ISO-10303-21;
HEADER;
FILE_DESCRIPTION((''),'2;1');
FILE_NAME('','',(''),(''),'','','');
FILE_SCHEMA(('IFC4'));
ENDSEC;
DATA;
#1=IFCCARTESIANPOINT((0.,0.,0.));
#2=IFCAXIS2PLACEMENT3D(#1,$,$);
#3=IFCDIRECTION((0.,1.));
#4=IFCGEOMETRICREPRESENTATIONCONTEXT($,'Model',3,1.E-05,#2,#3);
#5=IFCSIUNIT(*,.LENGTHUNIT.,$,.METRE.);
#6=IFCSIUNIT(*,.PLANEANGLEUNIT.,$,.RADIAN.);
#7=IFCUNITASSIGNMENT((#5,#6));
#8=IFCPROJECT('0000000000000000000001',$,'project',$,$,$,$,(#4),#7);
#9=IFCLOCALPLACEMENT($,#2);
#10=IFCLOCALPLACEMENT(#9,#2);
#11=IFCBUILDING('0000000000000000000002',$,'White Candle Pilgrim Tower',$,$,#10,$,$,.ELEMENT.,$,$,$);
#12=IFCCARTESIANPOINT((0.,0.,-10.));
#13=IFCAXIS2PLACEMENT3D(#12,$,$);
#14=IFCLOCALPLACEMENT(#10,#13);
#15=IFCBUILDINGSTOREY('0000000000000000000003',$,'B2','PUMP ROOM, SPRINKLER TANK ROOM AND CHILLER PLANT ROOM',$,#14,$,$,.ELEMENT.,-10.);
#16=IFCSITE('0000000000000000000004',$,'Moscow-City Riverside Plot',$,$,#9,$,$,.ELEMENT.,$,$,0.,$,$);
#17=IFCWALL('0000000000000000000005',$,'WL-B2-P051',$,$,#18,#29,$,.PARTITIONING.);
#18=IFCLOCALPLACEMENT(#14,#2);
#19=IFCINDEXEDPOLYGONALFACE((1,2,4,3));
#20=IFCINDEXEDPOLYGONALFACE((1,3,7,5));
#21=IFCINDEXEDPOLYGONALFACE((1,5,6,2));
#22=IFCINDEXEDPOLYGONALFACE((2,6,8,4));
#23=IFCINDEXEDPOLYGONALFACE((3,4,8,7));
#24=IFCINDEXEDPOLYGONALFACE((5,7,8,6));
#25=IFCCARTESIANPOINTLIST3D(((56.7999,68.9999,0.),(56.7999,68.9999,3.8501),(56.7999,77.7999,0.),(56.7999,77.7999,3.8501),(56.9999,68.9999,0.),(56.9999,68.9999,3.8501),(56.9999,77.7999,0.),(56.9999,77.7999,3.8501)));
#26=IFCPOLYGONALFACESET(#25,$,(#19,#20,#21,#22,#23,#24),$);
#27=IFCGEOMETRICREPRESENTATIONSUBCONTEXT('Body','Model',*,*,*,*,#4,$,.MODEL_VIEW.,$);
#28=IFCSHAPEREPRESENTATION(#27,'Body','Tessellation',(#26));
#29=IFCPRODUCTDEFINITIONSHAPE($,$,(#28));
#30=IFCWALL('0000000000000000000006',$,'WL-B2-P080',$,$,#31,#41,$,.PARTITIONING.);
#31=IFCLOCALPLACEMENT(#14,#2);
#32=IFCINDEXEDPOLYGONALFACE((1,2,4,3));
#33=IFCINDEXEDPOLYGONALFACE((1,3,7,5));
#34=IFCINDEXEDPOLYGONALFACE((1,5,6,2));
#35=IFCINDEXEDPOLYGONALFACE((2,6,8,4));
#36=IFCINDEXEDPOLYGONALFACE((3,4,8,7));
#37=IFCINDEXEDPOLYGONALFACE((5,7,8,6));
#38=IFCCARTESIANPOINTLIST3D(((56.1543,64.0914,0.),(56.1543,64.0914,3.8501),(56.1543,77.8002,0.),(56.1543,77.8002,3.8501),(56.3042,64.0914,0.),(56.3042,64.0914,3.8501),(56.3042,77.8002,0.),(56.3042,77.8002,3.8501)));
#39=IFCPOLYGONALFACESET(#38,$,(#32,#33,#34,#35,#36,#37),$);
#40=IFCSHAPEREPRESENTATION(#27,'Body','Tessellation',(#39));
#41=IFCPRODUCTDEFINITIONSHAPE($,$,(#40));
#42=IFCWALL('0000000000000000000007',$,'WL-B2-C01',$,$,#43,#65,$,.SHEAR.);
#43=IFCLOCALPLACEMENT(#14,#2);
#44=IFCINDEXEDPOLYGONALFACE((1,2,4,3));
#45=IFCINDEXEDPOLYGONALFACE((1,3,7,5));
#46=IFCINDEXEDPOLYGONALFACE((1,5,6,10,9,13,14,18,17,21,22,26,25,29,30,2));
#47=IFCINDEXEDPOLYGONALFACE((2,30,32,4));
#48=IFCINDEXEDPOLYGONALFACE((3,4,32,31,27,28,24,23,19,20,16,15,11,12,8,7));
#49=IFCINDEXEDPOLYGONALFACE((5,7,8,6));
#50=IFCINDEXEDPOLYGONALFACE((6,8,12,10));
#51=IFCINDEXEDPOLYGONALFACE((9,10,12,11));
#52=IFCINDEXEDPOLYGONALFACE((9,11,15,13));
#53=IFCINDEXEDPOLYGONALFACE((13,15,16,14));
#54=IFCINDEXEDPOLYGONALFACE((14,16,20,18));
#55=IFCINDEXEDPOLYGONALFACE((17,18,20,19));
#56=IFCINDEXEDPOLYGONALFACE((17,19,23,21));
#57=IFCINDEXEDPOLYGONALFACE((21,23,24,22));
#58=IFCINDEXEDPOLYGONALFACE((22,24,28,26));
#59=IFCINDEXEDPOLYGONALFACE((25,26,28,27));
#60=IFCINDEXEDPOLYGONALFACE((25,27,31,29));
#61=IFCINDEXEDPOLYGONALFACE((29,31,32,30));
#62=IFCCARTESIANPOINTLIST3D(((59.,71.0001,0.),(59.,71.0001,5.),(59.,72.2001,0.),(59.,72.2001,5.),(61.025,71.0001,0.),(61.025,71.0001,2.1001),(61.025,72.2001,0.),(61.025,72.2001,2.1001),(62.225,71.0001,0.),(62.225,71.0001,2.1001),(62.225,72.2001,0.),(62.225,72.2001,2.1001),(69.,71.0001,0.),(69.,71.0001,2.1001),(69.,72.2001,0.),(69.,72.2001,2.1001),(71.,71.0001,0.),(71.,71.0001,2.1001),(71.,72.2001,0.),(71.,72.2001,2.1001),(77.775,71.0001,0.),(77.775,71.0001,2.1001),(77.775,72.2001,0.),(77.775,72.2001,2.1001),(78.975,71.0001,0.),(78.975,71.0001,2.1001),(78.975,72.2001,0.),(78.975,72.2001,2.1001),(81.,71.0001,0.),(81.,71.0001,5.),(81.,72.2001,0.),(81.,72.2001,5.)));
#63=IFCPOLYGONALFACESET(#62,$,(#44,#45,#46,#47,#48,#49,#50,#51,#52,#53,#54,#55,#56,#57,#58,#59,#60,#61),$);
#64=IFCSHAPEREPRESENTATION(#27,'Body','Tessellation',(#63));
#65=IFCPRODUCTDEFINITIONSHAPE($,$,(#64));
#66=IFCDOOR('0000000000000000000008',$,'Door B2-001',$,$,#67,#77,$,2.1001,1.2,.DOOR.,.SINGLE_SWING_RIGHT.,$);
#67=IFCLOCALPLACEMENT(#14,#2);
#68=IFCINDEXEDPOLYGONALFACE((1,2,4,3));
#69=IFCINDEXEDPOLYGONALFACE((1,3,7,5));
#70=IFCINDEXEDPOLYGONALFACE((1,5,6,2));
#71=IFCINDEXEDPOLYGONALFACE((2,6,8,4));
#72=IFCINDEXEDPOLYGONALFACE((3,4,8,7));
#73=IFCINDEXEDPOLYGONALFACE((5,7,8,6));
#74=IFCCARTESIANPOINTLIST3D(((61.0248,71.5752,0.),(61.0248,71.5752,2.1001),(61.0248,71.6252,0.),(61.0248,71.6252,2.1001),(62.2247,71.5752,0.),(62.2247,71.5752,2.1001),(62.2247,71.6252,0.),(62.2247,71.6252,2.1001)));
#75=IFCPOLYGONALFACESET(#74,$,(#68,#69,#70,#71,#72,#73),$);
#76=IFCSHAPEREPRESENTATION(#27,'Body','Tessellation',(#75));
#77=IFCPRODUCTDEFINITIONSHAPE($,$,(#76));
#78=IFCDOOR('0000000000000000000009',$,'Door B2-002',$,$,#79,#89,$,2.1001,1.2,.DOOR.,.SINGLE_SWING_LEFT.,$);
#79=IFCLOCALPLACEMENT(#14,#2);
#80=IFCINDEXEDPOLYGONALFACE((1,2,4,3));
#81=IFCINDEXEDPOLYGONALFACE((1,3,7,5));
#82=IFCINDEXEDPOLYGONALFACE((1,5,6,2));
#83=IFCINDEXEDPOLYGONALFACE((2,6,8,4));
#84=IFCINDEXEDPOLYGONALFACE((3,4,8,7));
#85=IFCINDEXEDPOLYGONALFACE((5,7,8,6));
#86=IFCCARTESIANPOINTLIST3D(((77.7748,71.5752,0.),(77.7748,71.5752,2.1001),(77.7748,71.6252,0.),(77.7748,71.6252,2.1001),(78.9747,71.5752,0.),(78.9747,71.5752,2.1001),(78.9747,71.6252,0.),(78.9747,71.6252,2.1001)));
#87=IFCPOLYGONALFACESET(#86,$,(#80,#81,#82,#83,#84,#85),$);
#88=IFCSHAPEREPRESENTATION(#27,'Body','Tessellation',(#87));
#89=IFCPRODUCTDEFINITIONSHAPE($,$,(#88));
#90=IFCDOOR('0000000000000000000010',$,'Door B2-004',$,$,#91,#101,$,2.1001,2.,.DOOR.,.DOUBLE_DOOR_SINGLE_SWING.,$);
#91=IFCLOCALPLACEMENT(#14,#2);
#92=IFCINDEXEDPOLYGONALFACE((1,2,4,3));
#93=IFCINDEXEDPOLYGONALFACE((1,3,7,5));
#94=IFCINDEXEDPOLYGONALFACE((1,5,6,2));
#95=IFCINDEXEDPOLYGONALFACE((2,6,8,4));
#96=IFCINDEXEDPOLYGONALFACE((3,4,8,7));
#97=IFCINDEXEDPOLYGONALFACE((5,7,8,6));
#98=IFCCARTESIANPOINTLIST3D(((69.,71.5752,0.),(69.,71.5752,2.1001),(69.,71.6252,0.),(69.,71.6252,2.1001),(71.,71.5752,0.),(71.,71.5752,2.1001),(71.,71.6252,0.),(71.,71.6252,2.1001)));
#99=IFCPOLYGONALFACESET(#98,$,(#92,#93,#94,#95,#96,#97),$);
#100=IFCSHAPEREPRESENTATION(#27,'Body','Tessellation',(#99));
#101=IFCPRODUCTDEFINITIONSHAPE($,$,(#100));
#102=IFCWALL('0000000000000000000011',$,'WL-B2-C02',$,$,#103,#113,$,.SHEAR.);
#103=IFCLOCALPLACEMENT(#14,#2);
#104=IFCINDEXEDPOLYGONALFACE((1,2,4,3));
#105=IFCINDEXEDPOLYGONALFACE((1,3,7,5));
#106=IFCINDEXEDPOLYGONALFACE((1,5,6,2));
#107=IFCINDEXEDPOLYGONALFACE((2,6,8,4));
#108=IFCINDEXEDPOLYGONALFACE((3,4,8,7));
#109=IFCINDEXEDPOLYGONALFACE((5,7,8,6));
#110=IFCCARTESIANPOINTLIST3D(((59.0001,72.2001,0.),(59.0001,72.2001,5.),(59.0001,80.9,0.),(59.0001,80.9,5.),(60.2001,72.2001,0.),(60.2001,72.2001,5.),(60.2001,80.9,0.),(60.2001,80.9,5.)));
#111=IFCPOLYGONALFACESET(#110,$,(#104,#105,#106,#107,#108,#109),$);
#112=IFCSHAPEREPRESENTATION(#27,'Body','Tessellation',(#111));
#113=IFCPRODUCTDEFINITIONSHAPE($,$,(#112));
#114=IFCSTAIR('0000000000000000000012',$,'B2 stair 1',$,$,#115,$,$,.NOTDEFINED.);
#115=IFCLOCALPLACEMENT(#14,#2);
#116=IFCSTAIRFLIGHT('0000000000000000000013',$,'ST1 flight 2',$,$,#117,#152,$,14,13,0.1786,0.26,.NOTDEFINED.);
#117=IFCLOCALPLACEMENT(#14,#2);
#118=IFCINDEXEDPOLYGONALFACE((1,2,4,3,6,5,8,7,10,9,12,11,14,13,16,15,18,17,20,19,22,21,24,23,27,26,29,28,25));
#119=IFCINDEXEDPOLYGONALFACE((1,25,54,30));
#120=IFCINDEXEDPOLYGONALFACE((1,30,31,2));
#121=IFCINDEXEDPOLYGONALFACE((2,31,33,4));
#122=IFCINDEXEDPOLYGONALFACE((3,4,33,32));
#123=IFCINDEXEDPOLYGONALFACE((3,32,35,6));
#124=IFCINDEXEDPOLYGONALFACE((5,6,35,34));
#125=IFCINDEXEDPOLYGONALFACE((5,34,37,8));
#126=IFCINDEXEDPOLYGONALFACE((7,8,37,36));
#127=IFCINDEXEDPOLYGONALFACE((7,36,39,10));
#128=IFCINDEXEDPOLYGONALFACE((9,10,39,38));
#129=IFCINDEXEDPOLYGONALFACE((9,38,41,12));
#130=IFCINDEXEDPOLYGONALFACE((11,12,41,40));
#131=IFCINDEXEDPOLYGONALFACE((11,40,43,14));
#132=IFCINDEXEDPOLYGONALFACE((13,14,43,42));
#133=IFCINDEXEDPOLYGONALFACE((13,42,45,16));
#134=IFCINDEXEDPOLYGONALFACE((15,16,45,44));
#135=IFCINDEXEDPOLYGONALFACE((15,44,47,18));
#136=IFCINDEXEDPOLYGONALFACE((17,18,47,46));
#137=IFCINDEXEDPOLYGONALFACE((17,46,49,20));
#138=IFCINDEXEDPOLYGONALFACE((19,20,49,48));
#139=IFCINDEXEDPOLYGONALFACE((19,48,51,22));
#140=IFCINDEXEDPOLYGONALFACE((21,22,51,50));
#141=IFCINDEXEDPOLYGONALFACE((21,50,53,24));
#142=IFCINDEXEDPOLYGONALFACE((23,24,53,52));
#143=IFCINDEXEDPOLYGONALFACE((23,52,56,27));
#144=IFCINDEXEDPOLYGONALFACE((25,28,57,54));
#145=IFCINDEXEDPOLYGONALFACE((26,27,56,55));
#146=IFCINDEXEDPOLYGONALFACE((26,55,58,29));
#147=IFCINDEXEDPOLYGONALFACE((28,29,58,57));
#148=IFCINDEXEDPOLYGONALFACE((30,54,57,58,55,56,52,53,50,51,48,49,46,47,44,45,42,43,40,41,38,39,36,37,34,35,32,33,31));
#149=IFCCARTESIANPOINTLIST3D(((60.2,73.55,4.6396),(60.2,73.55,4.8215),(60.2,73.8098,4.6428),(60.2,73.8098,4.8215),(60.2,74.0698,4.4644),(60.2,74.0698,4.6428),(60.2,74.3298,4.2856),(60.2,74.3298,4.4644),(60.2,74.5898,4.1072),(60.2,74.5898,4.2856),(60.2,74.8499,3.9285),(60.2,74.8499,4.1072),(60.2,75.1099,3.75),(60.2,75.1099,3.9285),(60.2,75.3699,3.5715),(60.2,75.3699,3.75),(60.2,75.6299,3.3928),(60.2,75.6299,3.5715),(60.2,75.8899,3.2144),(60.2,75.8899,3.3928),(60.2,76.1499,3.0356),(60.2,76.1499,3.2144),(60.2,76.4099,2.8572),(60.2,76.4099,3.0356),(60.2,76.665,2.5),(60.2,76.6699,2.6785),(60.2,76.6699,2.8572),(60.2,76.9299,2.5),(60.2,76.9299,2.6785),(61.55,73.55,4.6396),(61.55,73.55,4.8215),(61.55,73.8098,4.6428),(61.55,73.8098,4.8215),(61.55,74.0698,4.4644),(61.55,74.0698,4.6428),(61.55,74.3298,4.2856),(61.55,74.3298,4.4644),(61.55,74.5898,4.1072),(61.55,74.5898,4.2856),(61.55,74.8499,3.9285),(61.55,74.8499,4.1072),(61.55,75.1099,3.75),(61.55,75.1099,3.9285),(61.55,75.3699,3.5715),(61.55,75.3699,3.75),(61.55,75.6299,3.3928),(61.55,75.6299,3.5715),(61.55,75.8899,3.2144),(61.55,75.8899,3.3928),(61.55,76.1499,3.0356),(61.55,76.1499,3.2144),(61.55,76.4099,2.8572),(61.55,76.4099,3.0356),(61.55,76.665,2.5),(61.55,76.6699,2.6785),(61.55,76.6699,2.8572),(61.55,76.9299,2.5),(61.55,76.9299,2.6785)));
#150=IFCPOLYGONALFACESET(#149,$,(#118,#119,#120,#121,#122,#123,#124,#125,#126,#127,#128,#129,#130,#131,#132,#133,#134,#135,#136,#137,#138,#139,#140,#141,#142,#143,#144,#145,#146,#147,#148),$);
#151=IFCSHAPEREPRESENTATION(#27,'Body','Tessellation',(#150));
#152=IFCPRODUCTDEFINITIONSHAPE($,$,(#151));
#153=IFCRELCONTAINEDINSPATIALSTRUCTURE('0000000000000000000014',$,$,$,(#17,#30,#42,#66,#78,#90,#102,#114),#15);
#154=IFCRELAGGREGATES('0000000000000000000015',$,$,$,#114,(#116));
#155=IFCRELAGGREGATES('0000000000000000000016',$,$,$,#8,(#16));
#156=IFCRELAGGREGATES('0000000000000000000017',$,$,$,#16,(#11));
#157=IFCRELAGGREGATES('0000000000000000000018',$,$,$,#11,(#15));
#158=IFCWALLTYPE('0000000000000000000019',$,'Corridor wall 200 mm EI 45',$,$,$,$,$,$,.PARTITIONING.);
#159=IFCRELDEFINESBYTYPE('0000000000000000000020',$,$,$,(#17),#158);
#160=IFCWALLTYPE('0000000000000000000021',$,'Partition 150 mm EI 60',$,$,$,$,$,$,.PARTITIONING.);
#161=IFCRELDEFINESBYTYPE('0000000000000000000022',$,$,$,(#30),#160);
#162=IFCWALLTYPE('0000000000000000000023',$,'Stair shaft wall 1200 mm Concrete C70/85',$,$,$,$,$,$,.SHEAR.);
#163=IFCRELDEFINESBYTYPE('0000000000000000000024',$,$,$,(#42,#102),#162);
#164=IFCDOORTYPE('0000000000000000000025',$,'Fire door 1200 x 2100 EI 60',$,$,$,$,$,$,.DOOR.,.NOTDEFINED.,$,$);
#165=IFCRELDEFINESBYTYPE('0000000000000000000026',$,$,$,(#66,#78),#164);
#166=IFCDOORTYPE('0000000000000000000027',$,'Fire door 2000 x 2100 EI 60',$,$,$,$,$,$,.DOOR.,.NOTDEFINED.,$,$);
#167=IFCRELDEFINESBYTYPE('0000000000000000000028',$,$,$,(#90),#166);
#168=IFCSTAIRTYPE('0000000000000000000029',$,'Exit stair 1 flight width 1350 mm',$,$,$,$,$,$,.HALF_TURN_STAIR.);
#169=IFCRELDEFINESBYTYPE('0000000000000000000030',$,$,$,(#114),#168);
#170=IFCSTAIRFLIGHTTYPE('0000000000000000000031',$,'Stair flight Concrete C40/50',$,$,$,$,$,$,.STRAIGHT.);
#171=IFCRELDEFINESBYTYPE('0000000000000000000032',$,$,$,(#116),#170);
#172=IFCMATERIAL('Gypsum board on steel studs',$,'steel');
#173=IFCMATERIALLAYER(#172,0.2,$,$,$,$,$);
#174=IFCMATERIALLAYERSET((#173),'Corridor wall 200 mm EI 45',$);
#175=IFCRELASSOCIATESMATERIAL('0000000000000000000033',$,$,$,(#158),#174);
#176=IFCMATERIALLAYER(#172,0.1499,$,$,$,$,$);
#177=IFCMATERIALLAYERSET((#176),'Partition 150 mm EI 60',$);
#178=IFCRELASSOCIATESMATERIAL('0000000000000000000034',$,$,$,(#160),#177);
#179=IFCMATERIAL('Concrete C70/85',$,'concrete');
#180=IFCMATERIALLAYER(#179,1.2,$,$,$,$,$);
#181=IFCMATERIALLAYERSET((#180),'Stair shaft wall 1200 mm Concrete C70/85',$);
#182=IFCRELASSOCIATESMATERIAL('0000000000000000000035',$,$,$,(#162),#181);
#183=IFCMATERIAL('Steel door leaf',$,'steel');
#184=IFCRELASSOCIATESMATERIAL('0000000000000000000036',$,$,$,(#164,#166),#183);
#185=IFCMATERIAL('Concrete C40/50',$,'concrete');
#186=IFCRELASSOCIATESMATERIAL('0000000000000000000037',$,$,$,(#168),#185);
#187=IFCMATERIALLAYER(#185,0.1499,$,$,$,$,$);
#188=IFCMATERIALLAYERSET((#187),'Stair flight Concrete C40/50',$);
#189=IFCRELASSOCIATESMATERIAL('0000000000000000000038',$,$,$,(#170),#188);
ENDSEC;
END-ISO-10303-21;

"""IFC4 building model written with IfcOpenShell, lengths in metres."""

from ifc_helpers import new_model, si_unit, direction, frame, frame_2d, origin, place, context, subcontext, project, spatial, polyline, rectangle, outline, extrude, material, layer, layer_set, type_object, element, fill, aggregate, save


model = new_model("IFC4")

# Units and contexts
model_context = context("Model", 3, precision=1e-05, world=origin(), true_north=direction((0.0, 1.0)))
body_context = subcontext(model_context, "Body", "Model", "MODEL_VIEW")
ifc_project = project(units=[si_unit("LENGTHUNIT", "METRE"), si_unit("PLANEANGLEUNIT", "RADIAN")], contexts=[model_context])

# Site, building, storey
site_placement = place(None, origin())
site = spatial("IfcSite", under=ifc_project, at=site_placement, Name="Moscow-City Riverside Plot", CompositionType="ELEMENT", RefElevation=0.0)
building_placement = place(site_placement, origin())
building = spatial("IfcBuilding", under=site, at=building_placement, Name="White Candle Pilgrim Tower", CompositionType="ELEMENT")
storey_placement = place(building_placement, frame((0.0, 0.0, -10.0)))
storey = spatial("IfcBuildingStorey", under=building, at=storey_placement, Name="B2", Description="PUMP ROOM, SPRINKLER TANK ROOM AND CHILLER PLANT ROOM", CompositionType="ELEMENT", Elevation=-10.0)

# Shared definitions
ifc_material_1 = material(Name="Concrete C40/50", Category="concrete")

# Walls
ifc_material_2 = material(Name="Gypsum board on steel studs", Category="steel")
ifc_layer_1 = layer(ifc_material_2, 0.2)
ifc_layer_set_1 = layer_set([ifc_layer_1], Name="Corridor wall 200 mm EI 45")
wall_type_1 = type_object("IfcWallType", Name="Corridor wall 200 mm EI 45", PredefinedType="PARTITIONING", material=ifc_layer_set_1)
wall_1_placement = place(storey_placement, frame((56.8999, 69.0, 0.0), z_axis=(0.0, 0.0, 1.0), x_axis=(0.0, 1.0, 0.0)))
element("IfcWall", 1, at=wall_1_placement, inside=storey, type_object=wall_type_1, Name="WL-B2-P051", PredefinedType="PARTITIONING", context=body_context, shape_type="SweptSolid", body=[
    extrude(rectangle(XDim=8.8, YDim=0.2, at=frame_2d((4.3999, 0.0))), origin(), (0.0, 0.0, 1.0), 3.8501),
])
ifc_layer_2 = layer(ifc_material_2, 0.1499)
ifc_layer_set_2 = layer_set([ifc_layer_2], Name="Partition 150 mm EI 60")
wall_type_2 = type_object("IfcWallType", Name="Partition 150 mm EI 60", PredefinedType="PARTITIONING", material=ifc_layer_set_2)
wall_2_placement = place(storey_placement, frame((56.2292, 64.0913, 0.0), z_axis=(0.0, 0.0, 1.0), x_axis=(0.0, 1.0, 0.0)))
element("IfcWall", 2, at=wall_2_placement, inside=storey, type_object=wall_type_2, Name="WL-B2-P080", PredefinedType="PARTITIONING", context=body_context, shape_type="SweptSolid", body=[
    extrude(rectangle(XDim=13.7087, YDim=0.1499, at=frame_2d((6.8545, 0.0))), origin(), (0.0, 0.0, 1.0), 3.8501),
])

# Wall, openings, doors
ifc_material_3 = material(Name="Concrete C70/85", Category="concrete")
ifc_layer_3 = layer(ifc_material_3, 1.2)
ifc_layer_set_3 = layer_set([ifc_layer_3], Name="Stair shaft wall 1200 mm Concrete C70/85")
wall_type_3 = type_object("IfcWallType", Name="Stair shaft wall 1200 mm Concrete C70/85", PredefinedType="SHEAR", material=ifc_layer_set_3)
wall_3_placement = place(storey_placement, frame((59.0, 71.6001, 0.0), z_axis=(0.0, 0.0, 1.0), x_axis=(1.0, 0.0, 0.0)))
wall_3 = element("IfcWall", 3, at=wall_3_placement, inside=storey, type_object=wall_type_3, Name="WL-B2-C01", PredefinedType="SHEAR", context=body_context, shape_type="SweptSolid", body=[
    extrude(rectangle(XDim=22.0, YDim=1.2, at=frame_2d((11.0, 0.0))), origin(), (0.0, 0.0, 1.0), 5.0),
])
opening_1_placement = place(wall_3_placement, frame((2.0249, 0.0, 0.0)))
opening_1 = element("IfcOpeningElement", 4, at=opening_1_placement, cuts=wall_3, PredefinedType="OPENING", context=body_context, shape_type="SweptSolid", body=[
    extrude(rectangle(XDim=1.2, YDim=2.1001, at=frame_2d((0.6001, 1.05))), frame((0.0, 0.6099, 0.0), z_axis=(0.0, -1.0, 0.0), x_axis=(1.0, 0.0, 0.0)), (0.0, 0.0, 1.0), 1.22),
])
opening_2_placement = place(wall_3_placement, frame((18.7749, 0.0, 0.0)))
opening_2 = element("IfcOpeningElement", 5, at=opening_2_placement, cuts=wall_3, PredefinedType="OPENING", context=body_context, shape_type="SweptSolid", body=[
    extrude(rectangle(XDim=1.2, YDim=2.1001, at=frame_2d((0.6001, 1.05))), frame((0.0, 0.6099, 0.0), z_axis=(0.0, -1.0, 0.0), x_axis=(1.0, 0.0, 0.0)), (0.0, 0.0, 1.0), 1.22),
])
opening_3_placement = place(wall_3_placement, frame((10.0, 0.0, 0.0)))
opening_3 = element("IfcOpeningElement", 6, at=opening_3_placement, cuts=wall_3, PredefinedType="OPENING", context=body_context, shape_type="SweptSolid", body=[
    extrude(rectangle(XDim=2.0, YDim=2.1001, at=frame_2d((1.0, 1.05))), frame((0.0, 0.6099, 0.0), z_axis=(0.0, -1.0, 0.0), x_axis=(1.0, 0.0, 0.0)), (0.0, 0.0, 1.0), 1.22),
])
ifc_material_4 = material(Name="Steel door leaf", Category="steel")
door_type_1 = type_object("IfcDoorType", Name="Fire door 1200 x 2100 EI 60", OperationType="NOTDEFINED", PredefinedType="DOOR", material=ifc_material_4)
door_1_placement = place(opening_1_placement, frame((1.2, 0.0, 0.0), z_axis=(0.0, 0.0, 1.0), x_axis=(-1.0, 0.0, 0.0)))
door_1 = element("IfcDoor", 7, at=door_1_placement, inside=storey, type_object=door_type_1, Name="Door B2-001", OperationType="SINGLE_SWING_RIGHT", OverallHeight=2.1001, OverallWidth=1.2, PredefinedType="DOOR", context=body_context, shape_type="SweptSolid", body=[
    extrude(rectangle(XDim=1.2, YDim=2.1001, at=frame_2d((0.6001, 1.05))), frame((0.0, 0.0249, 0.0), z_axis=(0.0, -1.0, 0.0), x_axis=(1.0, 0.0, 0.0)), (0.0, 0.0, 1.0), 0.05),
])
fill(opening_1, door_1)
door_2_placement = place(opening_2_placement, frame((1.2, 0.0, 0.0), z_axis=(0.0, 0.0, 1.0), x_axis=(-1.0, 0.0, 0.0)))
door_2 = element("IfcDoor", 8, at=door_2_placement, inside=storey, type_object=door_type_1, Name="Door B2-002", OperationType="SINGLE_SWING_LEFT", OverallHeight=2.1001, OverallWidth=1.2, PredefinedType="DOOR", context=body_context, shape_type="SweptSolid", body=[
    extrude(rectangle(XDim=1.2, YDim=2.1001, at=frame_2d((0.6001, 1.05))), frame((0.0, 0.0249, 0.0), z_axis=(0.0, -1.0, 0.0), x_axis=(1.0, 0.0, 0.0)), (0.0, 0.0, 1.0), 0.05),
])
fill(opening_2, door_2)
door_type_2 = type_object("IfcDoorType", Name="Fire door 2000 x 2100 EI 60", OperationType="NOTDEFINED", PredefinedType="DOOR", material=ifc_material_4)
door_3_placement = place(opening_3_placement, frame((2.0, 0.0, 0.0), z_axis=(0.0, 0.0, 1.0), x_axis=(-1.0, 0.0, 0.0)))
door_3 = element("IfcDoor", 9, at=door_3_placement, inside=storey, type_object=door_type_2, Name="Door B2-004", OperationType="DOUBLE_DOOR_SINGLE_SWING", OverallHeight=2.1001, OverallWidth=2.0, PredefinedType="DOOR", context=body_context, shape_type="SweptSolid", body=[
    extrude(rectangle(XDim=2.0, YDim=2.1001, at=frame_2d((1.0, 1.05))), frame((0.0, 0.0249, 0.0), z_axis=(0.0, -1.0, 0.0), x_axis=(1.0, 0.0, 0.0)), (0.0, 0.0, 1.0), 0.05),
])
fill(opening_3, door_3)

# Wall
wall_4_placement = place(storey_placement, frame((59.6001, 72.2, 0.0), z_axis=(0.0, 0.0, 1.0), x_axis=(0.0, 1.0, 0.0)))
element("IfcWall", 10, at=wall_4_placement, inside=storey, type_object=wall_type_3, Name="WL-B2-C02", PredefinedType="SHEAR", context=body_context, shape_type="SweptSolid", body=[
    extrude(rectangle(XDim=8.7, YDim=1.2, at=frame_2d((4.3501, 0.0))), origin(), (0.0, 0.0, 1.0), 5.0),
])

# Stair, stair flight
stair_type = type_object("IfcStairType", Name="Exit stair 1 flight width 1350 mm", PredefinedType="HALF_TURN_STAIR", material=ifc_material_1)
stair_placement = place(storey_placement, origin())
stair = element("IfcStair", 11, at=stair_placement, inside=storey, type_object=stair_type, Name="B2 stair 1", PredefinedType="NOTDEFINED")
ifc_layer_4 = layer(ifc_material_1, 0.1499)
ifc_layer_set_4 = layer_set([ifc_layer_4], Name="Stair flight Concrete C40/50")
stair_flight_type = type_object("IfcStairFlightType", Name="Stair flight Concrete C40/50", PredefinedType="STRAIGHT", material=ifc_layer_set_4)
stair_flight_placement = place(storey_placement, frame((60.875, 76.9299, 2.5), z_axis=(0.0, 0.0, 1.0), x_axis=(0.0, -1.0, 0.0)))
stair_flight = element("IfcStairFlight", 12, at=stair_flight_placement, type_object=stair_flight_type, Name="ST1 flight 2", NumberOfRisers=14, NumberOfTreads=13, PredefinedType="NOTDEFINED", RiserHeight=0.1786, TreadLength=0.26, context=body_context, shape_type="SweptSolid", body=[
    extrude(outline(polyline([(0.0, 0.0), (0.0, 0.1785), (0.26, 0.1785), (0.26, 0.3572), (0.52, 0.3572), (0.52, 0.5356), (0.78, 0.5356), (0.78, 0.7144), (1.04, 0.7144), (1.04, 0.8928), (1.3, 0.8928), (1.3, 1.0715), (1.5601, 1.0715), (1.5601, 1.25), (1.8201, 1.25), (1.8201, 1.4285), (2.0801, 1.4285), (2.0801, 1.6072), (2.3401, 1.6072), (2.3401, 1.7856), (2.6001, 1.7856), (2.6001, 1.9644), (2.8601, 1.9644), (2.8601, 2.1428), (3.1201, 2.1428), (3.1201, 2.3215), (3.3799, 2.3215), (3.3799, 2.5), (3.3799, 2.1396), (0.2649, 0.0), (0.0, 0.0)])), frame((0.0, 0.675, 0.0), z_axis=(0.0, -1.0, 0.0), x_axis=(1.0, 0.0, 0.0)), (0.0, 0.0, 1.0), 1.3501),
])
aggregate(stair, [stair_flight])

save(model, "model.ifc")
